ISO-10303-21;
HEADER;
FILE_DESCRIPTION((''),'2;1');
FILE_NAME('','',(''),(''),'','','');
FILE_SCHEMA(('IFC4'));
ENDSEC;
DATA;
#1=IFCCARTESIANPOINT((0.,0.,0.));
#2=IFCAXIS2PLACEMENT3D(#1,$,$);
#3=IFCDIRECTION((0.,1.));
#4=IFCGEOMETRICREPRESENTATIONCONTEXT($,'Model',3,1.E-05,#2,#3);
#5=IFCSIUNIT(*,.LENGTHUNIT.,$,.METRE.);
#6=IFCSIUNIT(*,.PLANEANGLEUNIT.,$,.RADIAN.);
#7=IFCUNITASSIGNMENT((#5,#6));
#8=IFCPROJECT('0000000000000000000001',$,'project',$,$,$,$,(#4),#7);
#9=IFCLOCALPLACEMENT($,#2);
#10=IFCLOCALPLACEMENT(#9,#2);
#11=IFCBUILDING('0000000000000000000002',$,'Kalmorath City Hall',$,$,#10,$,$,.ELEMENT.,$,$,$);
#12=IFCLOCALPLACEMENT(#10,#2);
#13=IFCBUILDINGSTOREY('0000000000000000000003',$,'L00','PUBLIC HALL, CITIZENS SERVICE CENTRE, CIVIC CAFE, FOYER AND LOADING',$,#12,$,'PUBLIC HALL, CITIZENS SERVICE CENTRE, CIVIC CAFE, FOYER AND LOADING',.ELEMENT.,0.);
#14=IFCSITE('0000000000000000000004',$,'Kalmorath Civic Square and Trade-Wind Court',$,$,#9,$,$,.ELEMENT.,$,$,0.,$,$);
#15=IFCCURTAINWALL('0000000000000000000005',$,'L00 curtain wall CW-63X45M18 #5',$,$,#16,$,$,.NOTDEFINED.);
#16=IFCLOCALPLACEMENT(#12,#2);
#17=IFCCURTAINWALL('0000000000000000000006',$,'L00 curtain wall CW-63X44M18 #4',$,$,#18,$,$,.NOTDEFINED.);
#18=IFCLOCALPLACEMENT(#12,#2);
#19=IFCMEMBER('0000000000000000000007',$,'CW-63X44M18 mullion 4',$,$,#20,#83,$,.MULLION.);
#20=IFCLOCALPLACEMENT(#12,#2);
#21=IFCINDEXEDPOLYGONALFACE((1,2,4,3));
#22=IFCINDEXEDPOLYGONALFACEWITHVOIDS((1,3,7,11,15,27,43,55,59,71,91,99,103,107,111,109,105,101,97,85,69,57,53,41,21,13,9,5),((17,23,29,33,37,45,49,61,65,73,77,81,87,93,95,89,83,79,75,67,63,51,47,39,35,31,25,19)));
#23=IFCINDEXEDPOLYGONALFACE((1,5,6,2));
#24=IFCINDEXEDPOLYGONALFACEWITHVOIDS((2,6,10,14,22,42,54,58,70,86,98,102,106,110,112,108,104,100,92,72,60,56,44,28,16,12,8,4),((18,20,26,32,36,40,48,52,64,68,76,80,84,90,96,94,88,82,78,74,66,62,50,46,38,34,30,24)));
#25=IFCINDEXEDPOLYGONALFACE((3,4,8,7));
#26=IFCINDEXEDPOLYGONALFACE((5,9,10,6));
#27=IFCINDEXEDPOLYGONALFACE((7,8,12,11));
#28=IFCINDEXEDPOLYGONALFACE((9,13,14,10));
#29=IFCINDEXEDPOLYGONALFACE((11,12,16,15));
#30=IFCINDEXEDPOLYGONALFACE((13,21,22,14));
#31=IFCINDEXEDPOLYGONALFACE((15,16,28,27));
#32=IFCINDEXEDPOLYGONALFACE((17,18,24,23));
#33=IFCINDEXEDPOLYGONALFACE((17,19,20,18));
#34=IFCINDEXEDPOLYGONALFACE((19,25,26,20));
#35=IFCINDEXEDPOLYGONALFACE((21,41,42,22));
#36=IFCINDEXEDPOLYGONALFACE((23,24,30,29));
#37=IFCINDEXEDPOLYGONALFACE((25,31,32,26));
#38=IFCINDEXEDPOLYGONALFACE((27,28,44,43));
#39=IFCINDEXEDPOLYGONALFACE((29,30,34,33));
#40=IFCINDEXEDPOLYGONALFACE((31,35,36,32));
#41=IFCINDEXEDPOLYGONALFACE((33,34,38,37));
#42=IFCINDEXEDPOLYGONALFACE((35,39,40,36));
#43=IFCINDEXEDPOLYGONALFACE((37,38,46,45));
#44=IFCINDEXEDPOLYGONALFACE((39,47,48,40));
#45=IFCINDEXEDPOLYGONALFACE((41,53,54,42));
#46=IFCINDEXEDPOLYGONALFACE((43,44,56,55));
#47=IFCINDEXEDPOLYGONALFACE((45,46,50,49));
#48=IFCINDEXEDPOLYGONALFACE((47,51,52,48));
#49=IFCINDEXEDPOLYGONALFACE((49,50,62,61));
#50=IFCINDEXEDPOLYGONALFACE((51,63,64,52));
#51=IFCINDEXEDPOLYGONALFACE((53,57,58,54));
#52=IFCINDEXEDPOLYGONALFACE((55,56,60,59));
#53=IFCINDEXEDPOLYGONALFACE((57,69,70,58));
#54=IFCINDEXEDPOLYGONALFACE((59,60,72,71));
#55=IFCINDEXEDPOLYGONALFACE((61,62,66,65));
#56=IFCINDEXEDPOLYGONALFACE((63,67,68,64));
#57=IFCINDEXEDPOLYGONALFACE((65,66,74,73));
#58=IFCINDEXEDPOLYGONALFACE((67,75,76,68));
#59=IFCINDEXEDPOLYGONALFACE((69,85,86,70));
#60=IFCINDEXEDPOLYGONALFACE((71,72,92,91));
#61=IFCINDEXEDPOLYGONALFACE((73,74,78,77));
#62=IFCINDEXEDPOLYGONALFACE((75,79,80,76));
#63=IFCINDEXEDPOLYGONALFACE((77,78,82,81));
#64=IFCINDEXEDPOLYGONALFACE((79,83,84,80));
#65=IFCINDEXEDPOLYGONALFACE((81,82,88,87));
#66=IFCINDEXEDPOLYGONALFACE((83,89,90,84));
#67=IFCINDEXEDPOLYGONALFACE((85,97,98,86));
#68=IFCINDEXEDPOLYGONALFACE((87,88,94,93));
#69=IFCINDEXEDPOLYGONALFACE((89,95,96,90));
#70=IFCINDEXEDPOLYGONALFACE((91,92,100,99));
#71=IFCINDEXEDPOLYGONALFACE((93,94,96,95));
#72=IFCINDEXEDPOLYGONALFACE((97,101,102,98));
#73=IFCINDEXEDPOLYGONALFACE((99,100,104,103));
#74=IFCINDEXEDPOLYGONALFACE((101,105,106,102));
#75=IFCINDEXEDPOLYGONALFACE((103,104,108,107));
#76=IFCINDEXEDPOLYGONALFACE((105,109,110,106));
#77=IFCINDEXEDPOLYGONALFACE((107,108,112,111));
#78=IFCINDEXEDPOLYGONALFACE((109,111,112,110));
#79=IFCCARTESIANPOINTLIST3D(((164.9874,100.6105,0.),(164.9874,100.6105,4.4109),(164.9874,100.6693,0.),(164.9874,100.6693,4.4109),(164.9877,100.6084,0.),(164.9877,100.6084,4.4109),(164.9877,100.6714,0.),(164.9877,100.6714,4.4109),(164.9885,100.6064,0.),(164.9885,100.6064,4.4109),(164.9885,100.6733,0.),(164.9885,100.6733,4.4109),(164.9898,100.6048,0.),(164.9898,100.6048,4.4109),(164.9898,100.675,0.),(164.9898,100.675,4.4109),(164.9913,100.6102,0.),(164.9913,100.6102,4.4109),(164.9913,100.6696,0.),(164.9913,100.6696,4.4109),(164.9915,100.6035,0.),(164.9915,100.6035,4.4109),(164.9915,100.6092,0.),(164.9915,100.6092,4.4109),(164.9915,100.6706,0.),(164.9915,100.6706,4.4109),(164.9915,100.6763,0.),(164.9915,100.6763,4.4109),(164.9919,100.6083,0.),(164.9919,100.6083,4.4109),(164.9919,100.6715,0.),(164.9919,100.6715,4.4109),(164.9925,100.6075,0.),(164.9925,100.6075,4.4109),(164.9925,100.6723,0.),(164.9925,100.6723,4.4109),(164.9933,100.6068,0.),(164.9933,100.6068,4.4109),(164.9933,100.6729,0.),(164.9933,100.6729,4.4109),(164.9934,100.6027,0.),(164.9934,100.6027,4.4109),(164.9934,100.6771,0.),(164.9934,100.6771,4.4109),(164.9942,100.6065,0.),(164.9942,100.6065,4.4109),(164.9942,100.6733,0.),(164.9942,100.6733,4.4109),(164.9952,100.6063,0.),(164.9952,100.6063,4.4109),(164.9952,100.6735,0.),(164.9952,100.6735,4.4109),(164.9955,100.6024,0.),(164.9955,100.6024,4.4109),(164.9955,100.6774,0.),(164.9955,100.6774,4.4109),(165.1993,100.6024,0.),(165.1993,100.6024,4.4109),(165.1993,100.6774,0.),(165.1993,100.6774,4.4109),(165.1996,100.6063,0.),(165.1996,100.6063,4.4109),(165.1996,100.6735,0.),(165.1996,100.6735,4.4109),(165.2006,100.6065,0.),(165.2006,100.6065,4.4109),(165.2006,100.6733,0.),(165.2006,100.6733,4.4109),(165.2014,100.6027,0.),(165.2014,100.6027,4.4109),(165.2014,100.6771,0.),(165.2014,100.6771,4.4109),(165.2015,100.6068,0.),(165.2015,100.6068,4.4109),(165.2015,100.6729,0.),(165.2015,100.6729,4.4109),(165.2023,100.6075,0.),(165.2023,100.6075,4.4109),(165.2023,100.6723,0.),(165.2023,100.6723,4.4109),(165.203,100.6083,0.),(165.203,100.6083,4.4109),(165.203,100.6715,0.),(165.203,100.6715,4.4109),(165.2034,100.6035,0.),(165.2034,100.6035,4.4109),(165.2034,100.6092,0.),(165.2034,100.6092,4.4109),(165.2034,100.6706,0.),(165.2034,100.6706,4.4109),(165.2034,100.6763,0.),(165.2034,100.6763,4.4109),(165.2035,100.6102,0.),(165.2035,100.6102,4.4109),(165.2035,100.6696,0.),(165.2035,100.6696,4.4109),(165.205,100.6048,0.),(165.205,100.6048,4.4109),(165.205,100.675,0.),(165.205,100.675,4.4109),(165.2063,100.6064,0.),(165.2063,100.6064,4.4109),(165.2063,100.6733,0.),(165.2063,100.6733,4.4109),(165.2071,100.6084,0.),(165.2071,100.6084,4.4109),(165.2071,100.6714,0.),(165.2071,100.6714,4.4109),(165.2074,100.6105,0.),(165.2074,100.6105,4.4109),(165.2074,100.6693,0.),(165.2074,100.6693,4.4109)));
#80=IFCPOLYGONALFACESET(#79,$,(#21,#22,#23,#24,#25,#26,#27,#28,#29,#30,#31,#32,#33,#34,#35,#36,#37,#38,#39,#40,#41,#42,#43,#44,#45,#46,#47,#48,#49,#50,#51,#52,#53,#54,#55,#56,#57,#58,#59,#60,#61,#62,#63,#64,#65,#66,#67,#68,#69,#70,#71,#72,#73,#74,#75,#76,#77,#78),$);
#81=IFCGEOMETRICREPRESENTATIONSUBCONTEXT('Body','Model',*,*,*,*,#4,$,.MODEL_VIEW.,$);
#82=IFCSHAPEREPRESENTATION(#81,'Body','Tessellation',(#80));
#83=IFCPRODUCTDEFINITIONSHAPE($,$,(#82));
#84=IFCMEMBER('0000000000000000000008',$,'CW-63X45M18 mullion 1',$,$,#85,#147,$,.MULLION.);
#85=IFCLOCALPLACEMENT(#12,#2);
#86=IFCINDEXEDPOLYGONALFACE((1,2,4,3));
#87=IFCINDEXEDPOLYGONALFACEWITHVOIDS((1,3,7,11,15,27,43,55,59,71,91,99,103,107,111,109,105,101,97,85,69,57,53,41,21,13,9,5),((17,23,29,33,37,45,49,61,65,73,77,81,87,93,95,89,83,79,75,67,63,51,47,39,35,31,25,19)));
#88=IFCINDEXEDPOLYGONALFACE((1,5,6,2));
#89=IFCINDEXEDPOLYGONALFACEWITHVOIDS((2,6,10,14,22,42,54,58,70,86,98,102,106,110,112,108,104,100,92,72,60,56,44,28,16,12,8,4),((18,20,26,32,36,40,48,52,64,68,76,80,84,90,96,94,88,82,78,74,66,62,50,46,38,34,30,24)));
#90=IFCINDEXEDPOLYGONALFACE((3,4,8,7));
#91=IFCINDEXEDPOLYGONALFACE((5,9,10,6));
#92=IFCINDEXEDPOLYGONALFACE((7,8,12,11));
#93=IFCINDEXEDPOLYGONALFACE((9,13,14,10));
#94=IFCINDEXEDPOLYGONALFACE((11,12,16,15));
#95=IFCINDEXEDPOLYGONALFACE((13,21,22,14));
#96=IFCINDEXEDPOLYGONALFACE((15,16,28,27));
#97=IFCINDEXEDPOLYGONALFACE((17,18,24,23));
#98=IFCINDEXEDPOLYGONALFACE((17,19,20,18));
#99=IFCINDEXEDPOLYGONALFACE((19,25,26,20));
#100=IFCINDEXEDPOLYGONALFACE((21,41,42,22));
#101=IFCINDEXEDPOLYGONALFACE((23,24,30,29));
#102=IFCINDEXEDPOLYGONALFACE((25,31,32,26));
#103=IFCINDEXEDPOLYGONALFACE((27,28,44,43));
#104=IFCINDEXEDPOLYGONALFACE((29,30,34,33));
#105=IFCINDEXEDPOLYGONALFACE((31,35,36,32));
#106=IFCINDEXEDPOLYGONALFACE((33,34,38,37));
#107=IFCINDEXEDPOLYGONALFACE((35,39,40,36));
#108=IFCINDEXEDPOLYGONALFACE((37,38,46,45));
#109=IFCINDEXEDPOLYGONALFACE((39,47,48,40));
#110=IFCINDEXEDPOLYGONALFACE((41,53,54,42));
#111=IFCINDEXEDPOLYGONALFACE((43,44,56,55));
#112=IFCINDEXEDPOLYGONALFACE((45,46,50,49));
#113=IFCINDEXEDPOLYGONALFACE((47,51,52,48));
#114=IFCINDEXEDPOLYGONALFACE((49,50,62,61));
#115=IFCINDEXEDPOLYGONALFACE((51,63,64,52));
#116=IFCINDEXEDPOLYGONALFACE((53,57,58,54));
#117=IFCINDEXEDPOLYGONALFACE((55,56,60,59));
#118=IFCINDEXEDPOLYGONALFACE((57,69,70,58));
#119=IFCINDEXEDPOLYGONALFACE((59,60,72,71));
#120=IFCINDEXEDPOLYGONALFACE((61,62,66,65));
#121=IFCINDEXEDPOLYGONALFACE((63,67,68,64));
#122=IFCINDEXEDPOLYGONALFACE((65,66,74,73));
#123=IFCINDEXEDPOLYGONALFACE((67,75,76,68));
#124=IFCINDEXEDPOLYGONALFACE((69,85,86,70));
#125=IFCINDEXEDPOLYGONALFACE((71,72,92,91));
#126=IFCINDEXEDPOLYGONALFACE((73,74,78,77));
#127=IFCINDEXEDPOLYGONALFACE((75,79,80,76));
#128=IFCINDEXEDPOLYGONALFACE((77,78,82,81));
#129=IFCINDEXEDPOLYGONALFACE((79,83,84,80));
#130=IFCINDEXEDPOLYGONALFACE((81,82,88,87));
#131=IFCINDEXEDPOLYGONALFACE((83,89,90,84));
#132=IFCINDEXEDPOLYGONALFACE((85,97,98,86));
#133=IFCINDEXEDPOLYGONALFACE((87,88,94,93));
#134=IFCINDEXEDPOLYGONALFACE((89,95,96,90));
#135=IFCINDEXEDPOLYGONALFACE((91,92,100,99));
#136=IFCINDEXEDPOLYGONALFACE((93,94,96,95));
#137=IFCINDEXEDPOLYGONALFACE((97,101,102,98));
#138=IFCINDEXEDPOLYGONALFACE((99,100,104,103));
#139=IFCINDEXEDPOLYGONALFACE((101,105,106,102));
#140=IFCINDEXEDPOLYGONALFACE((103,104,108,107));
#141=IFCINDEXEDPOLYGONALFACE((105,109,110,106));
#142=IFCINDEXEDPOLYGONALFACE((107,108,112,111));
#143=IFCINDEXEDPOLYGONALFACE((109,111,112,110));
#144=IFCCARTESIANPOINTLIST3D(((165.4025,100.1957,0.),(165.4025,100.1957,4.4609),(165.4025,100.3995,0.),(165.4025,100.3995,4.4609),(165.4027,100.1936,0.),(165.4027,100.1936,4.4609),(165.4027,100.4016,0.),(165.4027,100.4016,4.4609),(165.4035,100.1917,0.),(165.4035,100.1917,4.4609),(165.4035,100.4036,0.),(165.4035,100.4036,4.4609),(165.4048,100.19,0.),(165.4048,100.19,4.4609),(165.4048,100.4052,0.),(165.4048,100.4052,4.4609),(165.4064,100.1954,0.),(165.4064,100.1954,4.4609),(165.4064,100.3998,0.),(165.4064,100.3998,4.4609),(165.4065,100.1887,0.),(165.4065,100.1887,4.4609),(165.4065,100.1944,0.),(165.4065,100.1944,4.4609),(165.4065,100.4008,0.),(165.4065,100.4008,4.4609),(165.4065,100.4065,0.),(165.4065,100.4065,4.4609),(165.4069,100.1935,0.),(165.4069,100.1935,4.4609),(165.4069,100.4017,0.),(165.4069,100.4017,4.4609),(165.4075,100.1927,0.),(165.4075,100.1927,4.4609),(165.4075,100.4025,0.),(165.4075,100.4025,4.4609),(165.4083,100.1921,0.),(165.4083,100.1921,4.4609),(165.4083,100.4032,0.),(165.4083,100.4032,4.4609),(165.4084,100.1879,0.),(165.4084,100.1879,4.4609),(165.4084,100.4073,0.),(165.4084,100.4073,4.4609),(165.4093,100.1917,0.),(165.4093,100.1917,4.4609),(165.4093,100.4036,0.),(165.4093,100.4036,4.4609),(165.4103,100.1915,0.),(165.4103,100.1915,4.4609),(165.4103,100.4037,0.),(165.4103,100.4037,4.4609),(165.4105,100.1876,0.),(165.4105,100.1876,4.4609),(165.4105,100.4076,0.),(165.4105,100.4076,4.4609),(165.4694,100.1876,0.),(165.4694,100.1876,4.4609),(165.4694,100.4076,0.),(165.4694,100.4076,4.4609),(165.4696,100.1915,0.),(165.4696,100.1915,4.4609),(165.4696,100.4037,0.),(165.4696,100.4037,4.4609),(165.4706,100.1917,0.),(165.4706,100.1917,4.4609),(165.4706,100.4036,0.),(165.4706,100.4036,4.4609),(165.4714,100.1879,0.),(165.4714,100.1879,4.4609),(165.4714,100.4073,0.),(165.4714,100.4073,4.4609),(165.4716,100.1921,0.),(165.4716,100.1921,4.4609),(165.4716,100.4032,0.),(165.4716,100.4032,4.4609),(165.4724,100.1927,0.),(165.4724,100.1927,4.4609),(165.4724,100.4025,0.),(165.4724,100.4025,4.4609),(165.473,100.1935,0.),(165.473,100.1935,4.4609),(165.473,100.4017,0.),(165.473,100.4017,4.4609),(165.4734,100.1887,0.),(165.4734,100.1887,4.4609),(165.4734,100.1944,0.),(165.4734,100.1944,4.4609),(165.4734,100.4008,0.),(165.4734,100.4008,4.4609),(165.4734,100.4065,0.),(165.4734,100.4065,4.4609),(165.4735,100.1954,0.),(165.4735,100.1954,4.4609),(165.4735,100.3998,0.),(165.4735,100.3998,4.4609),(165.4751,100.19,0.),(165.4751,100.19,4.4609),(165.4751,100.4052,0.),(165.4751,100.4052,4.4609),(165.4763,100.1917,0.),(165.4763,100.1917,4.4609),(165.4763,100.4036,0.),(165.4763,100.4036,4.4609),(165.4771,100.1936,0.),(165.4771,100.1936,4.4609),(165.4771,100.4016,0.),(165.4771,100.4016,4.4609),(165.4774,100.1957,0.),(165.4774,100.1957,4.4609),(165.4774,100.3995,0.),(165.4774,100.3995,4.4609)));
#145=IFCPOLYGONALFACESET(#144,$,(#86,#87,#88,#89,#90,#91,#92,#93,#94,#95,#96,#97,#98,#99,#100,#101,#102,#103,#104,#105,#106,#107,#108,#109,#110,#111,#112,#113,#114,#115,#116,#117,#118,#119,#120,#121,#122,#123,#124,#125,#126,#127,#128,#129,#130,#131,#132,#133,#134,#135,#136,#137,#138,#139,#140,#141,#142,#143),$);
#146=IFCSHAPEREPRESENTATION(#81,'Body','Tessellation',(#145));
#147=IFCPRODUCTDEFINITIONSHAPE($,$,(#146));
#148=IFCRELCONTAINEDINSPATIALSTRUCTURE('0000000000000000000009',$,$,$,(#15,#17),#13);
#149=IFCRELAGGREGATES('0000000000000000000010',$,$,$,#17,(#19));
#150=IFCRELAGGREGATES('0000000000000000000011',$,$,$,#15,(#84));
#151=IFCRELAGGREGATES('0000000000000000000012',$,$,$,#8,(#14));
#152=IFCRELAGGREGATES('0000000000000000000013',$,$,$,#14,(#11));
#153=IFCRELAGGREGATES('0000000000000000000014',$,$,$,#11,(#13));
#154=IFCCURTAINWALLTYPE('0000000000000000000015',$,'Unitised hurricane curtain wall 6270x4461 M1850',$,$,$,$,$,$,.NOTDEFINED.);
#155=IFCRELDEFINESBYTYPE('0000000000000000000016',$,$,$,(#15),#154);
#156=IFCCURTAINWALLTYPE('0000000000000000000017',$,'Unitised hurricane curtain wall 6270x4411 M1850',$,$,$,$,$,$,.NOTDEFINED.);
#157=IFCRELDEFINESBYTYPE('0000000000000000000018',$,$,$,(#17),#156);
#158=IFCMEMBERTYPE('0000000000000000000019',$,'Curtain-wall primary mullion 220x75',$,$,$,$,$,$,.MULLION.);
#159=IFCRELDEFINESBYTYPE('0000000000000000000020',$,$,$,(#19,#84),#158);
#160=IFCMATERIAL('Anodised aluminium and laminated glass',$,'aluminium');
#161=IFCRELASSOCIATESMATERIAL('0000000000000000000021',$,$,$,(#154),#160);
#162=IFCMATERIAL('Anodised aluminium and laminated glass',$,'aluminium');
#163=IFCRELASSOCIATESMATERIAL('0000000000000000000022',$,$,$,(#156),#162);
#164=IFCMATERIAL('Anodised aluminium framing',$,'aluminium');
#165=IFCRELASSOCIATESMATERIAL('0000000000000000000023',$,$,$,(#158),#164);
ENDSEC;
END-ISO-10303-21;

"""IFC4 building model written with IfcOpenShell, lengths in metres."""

from ifc_helpers import new_model, si_unit, direction, frame, origin, origin_2d, place, context, subcontext, project, spatial, hollow_rectangle, extrude, material, material_profile, profile_set, type_object, element, aggregate, save


model = new_model("IFC4")

# Units and contexts
model_context = context("Model", 3, precision=1e-05, world=origin(), true_north=direction((0.0, 1.0)))
body_context = subcontext(model_context, "Body", "Model", "MODEL_VIEW")
ifc_project = project(units=[si_unit("LENGTHUNIT", "METRE"), si_unit("PLANEANGLEUNIT", "RADIAN")], contexts=[model_context])

# Site, building, storey
site_placement = place(None, origin())
site = spatial("IfcSite", under=ifc_project, at=site_placement, Name="Kalmorath Civic Square and Trade-Wind Court", CompositionType="ELEMENT", RefElevation=0.0)
building_placement = place(site_placement, origin())
building = spatial("IfcBuilding", under=site, at=building_placement, Name="Kalmorath City Hall", CompositionType="ELEMENT")
storey_placement = place(building_placement, origin())
storey = spatial("IfcBuildingStorey", under=building, at=storey_placement, Name="L00", Description="PUBLIC HALL, CITIZENS SERVICE CENTRE, CIVIC CAFE, FOYER AND LOADING", LongName="PUBLIC HALL, CITIZENS SERVICE CENTRE, CIVIC CAFE, FOYER AND LOADING", CompositionType="ELEMENT", Elevation=0.0)

# Curtain wall
ifc_material_1 = material(Name="Anodised aluminium and laminated glass", Category="aluminium")
curtain_wall_type_1 = type_object("IfcCurtainWallType", Name="Unitised hurricane curtain wall 6270x4461 M1850", PredefinedType="NOTDEFINED", material=ifc_material_1)
curtain_wall_1_placement = place(storey_placement, origin())
curtain_wall_1 = element("IfcCurtainWall", 1, at=curtain_wall_1_placement, inside=storey, type_object=curtain_wall_type_1, Name="L00 curtain wall CW-63X45M18 #5", PredefinedType="NOTDEFINED")

# Curtain wall, member
ifc_material_2 = material(Name="Anodised aluminium and laminated glass", Category="aluminium")
curtain_wall_type_2 = type_object("IfcCurtainWallType", Name="Unitised hurricane curtain wall 6270x4411 M1850", PredefinedType="NOTDEFINED", material=ifc_material_2)
curtain_wall_2_placement = place(storey_placement, origin())
curtain_wall_2 = element("IfcCurtainWall", 2, at=curtain_wall_2_placement, inside=storey, type_object=curtain_wall_type_2, Name="L00 curtain wall CW-63X44M18 #4", PredefinedType="NOTDEFINED")
ifc_material_3 = material(Name="Anodised aluminium framing", Category="aluminium")
ifc_material_profile_1 = material_profile(ifc_material_3, hollow_rectangle(XDim=0.075, YDim=0.22, WallThickness=0.0039, InnerFilletRadius=0.0039, OuterFilletRadius=0.0081, at=origin_2d()), Name="ALU-MUL-220X75X4")
ifc_profile_set_1 = profile_set([ifc_material_profile_1], Name="Anodised aluminium framing")
member_type_1 = type_object("IfcMemberType", Name="Curtain-wall primary mullion 220x75", PredefinedType="MULLION", material=ifc_profile_set_1)
member_1_placement = place(storey_placement, frame((165.0974, 100.6399, 0.0), z_axis=(0.0, 0.0, 1.0), x_axis=(0.0, 1.0, 0.0)))
member_1 = element("IfcMember", 3, at=member_1_placement, type_object=member_type_1, Name="CW-63X44M18 mullion 4", PredefinedType="MULLION", context=body_context, shape_type="SweptSolid", body=[
    extrude(hollow_rectangle(XDim=0.075, YDim=0.22, WallThickness=0.0039, InnerFilletRadius=0.0039, OuterFilletRadius=0.0081, at=origin_2d()), origin(), (0.0, 0.0, 1.0), 4.4109),
])

# Member
member_2_placement = place(storey_placement, frame((165.4399, 100.2976, 0.0), z_axis=(0.0, 0.0, 1.0), x_axis=(1.0, 0.0, 0.0)))
member_2 = element("IfcMember", 4, at=member_2_placement, type_object=member_type_1, Name="CW-63X45M18 mullion 1", PredefinedType="MULLION", context=body_context, shape_type="SweptSolid", body=[
    extrude(hollow_rectangle(XDim=0.075, YDim=0.22, WallThickness=0.0039, InnerFilletRadius=0.0039, OuterFilletRadius=0.0081, at=origin_2d()), origin(), (0.0, 0.0, 1.0), 4.4609),
])

aggregate(curtain_wall_2, [member_1])
aggregate(curtain_wall_1, [member_2])

save(model, "model.ifc")
